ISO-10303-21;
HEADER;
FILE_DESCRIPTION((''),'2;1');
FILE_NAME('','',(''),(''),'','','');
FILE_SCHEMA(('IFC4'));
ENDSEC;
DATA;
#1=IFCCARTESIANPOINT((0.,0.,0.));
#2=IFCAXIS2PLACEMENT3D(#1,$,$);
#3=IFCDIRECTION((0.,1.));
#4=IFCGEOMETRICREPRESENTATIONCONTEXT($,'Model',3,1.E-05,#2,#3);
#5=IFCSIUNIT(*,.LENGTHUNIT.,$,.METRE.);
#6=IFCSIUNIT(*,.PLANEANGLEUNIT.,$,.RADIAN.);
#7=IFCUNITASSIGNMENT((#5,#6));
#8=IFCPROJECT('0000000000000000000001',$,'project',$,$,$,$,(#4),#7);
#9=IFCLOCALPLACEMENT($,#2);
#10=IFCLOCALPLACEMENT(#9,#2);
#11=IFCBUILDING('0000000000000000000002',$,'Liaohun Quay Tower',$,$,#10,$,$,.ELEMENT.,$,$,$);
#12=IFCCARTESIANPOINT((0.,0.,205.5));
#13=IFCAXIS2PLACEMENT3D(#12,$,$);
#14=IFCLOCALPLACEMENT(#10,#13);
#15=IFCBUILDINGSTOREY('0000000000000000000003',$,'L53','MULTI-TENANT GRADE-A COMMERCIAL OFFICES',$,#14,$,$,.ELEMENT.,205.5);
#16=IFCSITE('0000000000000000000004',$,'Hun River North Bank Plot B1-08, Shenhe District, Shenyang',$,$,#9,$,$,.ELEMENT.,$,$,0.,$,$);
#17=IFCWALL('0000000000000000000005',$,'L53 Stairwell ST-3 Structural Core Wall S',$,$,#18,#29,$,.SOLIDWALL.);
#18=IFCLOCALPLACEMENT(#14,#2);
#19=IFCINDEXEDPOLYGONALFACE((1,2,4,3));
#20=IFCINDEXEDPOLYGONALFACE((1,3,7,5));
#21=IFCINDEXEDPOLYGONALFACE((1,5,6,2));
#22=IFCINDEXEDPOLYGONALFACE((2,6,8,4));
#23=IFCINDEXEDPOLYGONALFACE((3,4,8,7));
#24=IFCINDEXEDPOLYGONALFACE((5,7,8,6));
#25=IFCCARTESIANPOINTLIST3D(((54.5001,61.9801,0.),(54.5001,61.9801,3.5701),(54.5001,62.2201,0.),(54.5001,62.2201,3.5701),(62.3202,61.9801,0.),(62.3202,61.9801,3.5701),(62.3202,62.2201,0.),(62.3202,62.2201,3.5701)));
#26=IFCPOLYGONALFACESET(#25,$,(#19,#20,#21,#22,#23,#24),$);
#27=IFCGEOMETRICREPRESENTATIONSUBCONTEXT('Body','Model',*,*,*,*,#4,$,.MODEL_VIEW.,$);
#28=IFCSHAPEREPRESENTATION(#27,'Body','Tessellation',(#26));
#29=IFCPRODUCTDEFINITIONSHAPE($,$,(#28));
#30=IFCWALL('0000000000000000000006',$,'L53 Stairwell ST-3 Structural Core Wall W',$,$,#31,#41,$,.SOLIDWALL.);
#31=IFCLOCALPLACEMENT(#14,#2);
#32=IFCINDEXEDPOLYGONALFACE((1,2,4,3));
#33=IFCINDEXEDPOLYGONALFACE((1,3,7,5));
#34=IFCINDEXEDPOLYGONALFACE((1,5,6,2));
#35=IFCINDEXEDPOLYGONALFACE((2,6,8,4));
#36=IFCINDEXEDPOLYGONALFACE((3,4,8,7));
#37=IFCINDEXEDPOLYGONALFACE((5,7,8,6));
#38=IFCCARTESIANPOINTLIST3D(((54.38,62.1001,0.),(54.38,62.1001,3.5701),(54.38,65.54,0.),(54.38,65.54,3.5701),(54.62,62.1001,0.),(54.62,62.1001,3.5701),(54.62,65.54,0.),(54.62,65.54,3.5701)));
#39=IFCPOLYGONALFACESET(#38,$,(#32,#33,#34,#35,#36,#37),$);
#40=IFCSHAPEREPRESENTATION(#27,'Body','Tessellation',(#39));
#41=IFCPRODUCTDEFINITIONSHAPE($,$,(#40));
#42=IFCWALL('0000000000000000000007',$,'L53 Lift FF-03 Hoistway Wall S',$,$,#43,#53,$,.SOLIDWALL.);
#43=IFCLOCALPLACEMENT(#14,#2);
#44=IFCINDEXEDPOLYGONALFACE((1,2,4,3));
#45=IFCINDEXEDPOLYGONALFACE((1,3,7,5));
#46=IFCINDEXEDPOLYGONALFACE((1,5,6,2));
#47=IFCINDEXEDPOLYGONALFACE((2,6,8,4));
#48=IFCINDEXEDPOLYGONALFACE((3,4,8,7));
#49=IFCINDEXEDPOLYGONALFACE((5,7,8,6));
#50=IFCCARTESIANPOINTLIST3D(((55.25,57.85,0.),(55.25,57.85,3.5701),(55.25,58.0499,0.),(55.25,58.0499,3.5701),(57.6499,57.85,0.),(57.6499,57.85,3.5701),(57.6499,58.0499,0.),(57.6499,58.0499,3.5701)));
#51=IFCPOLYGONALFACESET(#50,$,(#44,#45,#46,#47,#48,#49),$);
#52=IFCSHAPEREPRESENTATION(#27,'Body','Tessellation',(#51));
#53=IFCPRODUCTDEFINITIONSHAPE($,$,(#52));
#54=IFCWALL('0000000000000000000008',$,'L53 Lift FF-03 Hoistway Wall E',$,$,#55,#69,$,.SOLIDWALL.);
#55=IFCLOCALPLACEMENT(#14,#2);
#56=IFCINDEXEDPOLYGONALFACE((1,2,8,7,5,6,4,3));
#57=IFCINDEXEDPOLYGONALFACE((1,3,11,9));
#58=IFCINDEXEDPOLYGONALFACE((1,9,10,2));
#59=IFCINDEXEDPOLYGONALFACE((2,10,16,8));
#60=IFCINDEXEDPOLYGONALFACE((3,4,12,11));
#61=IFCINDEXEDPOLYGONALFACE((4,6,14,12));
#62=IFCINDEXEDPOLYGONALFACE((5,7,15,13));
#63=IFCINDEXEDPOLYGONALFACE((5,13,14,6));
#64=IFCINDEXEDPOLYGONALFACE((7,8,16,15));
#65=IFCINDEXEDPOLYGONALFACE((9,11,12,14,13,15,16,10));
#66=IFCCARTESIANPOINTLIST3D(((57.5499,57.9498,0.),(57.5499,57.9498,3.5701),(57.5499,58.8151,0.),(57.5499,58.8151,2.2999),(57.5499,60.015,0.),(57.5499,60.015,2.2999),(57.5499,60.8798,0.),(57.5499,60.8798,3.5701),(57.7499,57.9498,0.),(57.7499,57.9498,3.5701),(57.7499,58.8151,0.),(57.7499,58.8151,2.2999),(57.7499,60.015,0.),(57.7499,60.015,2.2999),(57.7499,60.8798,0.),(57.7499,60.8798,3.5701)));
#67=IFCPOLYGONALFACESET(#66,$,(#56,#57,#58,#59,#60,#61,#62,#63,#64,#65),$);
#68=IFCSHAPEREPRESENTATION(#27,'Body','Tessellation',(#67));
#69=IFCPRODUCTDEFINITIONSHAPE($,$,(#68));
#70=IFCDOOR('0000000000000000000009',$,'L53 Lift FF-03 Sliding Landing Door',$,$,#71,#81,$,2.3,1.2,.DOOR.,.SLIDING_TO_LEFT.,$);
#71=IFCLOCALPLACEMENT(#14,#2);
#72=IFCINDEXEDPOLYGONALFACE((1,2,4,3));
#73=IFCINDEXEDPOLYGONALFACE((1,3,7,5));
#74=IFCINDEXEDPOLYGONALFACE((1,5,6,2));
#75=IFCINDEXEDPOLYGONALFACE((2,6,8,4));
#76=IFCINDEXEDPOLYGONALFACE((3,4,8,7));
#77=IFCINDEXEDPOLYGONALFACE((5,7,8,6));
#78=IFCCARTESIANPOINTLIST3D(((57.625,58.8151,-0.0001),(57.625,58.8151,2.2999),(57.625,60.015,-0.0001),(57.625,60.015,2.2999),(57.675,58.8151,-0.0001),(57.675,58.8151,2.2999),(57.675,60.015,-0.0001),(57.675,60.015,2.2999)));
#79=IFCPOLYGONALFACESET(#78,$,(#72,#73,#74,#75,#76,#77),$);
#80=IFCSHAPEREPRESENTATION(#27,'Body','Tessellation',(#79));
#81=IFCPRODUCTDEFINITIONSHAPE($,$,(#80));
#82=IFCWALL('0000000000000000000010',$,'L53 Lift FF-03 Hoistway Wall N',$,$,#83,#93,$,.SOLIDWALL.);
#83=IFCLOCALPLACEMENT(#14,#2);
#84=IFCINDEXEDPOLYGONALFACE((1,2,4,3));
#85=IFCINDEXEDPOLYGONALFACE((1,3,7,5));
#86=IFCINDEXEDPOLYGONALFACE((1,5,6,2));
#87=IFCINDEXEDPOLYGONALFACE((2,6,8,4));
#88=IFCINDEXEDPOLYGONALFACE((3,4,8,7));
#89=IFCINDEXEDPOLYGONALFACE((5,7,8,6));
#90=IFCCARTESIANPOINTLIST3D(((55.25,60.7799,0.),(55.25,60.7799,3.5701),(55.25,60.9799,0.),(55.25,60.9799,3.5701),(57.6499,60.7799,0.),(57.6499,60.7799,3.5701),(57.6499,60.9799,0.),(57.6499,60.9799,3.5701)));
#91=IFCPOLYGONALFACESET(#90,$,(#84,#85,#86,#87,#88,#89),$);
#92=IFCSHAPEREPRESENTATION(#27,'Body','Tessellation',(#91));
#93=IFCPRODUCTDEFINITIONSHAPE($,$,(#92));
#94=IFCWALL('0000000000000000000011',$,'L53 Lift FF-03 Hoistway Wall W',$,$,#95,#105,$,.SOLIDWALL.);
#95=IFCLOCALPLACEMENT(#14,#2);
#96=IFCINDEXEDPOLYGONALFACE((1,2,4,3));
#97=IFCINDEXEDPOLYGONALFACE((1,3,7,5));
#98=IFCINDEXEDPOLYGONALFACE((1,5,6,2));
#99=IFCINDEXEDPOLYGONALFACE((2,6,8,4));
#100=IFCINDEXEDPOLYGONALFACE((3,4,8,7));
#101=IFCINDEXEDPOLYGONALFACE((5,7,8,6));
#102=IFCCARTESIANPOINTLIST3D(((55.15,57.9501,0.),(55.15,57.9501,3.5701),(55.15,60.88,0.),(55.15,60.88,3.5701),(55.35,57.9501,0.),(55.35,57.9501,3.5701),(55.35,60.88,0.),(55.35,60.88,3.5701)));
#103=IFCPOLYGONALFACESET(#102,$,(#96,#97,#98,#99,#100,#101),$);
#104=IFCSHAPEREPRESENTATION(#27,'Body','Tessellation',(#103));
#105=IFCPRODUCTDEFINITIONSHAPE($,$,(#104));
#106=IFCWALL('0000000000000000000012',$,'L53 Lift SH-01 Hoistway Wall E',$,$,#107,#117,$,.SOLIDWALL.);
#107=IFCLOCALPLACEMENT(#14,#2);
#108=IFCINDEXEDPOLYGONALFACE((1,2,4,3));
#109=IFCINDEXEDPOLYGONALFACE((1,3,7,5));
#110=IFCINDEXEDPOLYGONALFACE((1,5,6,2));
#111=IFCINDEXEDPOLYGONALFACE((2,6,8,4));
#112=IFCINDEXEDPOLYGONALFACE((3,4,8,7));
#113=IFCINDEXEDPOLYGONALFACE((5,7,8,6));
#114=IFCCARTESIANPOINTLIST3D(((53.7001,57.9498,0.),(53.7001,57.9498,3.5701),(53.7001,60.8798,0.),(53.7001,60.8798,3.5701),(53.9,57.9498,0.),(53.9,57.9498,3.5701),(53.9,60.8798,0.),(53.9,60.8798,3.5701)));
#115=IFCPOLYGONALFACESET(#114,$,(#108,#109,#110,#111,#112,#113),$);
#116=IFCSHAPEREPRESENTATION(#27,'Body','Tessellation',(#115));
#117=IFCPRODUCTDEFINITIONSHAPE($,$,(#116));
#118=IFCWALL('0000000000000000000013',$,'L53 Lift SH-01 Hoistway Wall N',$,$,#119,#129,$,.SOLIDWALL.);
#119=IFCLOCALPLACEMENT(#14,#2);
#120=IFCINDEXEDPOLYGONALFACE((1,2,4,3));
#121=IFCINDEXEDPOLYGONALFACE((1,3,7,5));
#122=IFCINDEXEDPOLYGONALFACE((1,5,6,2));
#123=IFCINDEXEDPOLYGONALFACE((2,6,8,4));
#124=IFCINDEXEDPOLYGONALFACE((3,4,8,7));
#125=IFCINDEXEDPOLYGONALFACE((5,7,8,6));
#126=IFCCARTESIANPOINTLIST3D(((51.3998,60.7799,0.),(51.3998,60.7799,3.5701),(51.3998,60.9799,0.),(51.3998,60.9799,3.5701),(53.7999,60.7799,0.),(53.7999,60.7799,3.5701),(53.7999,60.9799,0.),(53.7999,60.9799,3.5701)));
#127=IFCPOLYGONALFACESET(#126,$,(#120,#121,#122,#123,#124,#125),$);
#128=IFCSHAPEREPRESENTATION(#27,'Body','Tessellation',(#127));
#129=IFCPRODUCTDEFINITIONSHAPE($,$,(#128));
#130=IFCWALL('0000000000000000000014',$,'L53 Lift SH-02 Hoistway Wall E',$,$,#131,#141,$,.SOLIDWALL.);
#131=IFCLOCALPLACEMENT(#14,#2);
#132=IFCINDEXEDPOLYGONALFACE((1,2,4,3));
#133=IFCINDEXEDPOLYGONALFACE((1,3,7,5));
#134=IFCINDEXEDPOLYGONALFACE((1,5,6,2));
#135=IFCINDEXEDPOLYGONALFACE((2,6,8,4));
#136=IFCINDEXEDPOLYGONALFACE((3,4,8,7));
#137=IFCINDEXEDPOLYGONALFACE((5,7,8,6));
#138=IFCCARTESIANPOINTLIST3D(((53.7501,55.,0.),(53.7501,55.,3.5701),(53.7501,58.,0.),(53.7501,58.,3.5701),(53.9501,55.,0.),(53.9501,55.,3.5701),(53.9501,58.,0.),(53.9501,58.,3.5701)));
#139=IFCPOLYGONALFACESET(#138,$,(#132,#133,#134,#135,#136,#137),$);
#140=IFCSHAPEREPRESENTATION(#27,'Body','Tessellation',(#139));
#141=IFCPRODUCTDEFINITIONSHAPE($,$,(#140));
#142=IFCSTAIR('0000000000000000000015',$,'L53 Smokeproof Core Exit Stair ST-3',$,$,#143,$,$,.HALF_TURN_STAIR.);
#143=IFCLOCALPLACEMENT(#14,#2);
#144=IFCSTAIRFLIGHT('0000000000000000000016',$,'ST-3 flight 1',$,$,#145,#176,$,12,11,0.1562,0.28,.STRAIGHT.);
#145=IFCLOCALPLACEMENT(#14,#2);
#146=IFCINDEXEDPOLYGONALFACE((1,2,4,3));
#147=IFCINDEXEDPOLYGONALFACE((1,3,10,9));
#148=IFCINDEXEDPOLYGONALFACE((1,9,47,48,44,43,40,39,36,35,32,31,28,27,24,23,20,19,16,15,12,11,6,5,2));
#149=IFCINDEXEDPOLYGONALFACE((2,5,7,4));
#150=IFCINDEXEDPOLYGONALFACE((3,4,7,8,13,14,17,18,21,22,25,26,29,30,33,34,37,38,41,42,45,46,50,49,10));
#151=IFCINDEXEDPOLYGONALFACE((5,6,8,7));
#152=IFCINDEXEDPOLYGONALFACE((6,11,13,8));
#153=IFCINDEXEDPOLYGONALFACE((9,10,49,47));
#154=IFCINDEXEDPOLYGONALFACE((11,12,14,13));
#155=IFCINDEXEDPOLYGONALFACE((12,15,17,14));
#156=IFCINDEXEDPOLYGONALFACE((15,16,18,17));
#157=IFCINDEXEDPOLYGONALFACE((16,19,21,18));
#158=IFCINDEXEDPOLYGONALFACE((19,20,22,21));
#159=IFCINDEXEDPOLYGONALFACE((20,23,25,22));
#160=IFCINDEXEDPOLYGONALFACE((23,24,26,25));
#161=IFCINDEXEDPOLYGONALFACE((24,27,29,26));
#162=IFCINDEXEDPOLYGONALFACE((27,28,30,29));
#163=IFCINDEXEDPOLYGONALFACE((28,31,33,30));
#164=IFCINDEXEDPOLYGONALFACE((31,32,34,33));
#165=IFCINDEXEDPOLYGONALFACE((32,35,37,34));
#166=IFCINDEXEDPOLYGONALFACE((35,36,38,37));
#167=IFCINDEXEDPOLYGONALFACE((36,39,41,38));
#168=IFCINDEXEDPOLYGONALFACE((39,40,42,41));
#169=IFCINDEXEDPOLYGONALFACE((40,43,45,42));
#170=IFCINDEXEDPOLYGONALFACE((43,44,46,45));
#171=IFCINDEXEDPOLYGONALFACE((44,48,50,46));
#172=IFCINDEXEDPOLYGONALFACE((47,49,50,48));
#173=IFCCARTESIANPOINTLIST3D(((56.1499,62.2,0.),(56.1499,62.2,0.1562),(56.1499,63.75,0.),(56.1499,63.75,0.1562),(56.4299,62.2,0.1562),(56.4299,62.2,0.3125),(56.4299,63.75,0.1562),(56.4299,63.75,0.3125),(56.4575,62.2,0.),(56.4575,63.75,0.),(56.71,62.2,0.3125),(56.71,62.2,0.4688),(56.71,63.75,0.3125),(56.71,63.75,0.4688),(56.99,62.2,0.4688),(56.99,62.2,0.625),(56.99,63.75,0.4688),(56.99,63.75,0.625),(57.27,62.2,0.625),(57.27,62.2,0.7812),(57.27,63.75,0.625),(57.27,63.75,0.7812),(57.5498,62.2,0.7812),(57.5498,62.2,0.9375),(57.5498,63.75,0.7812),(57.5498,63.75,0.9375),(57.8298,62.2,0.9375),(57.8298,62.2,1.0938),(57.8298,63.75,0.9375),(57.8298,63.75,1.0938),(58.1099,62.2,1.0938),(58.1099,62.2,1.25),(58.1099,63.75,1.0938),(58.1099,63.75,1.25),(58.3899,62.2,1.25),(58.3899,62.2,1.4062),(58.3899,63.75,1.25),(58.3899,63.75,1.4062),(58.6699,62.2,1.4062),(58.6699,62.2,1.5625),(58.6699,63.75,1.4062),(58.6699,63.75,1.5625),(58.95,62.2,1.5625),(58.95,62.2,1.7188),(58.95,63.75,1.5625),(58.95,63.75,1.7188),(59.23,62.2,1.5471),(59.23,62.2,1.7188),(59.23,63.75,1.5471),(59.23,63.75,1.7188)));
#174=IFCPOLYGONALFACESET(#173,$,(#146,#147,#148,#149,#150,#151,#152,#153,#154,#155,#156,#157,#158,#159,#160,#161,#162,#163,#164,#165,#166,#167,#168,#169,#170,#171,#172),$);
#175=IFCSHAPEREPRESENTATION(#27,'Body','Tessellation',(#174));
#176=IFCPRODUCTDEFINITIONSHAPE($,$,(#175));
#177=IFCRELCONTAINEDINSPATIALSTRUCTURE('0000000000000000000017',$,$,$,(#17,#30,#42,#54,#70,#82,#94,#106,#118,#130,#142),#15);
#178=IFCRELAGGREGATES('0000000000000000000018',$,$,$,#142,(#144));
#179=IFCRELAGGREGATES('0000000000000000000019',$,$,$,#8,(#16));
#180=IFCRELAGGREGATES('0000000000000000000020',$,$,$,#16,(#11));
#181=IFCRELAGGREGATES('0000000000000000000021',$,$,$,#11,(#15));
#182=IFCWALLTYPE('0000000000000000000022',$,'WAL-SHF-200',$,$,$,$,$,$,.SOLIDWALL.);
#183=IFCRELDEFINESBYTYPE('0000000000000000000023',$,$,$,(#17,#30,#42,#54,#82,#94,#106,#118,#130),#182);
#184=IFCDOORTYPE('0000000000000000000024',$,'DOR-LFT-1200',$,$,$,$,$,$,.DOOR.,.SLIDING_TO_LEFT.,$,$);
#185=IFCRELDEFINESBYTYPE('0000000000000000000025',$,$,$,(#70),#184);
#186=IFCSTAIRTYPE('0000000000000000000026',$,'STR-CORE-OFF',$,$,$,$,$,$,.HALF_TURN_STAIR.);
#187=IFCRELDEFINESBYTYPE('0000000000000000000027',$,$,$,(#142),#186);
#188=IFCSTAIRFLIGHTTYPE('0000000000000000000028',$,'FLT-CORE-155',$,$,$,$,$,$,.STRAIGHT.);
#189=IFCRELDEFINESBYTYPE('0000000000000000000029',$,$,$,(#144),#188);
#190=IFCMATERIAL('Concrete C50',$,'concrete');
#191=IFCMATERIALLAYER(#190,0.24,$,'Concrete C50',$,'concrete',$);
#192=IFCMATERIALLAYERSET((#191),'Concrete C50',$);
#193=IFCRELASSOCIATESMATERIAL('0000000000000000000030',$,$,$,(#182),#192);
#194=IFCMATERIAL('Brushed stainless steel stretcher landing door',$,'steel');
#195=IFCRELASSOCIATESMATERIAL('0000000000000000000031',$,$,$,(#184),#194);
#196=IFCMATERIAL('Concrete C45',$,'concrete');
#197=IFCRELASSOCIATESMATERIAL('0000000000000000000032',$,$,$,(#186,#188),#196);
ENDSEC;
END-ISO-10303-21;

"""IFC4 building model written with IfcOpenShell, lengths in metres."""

from ifc_helpers import new_model, si_unit, direction, frame, frame_2d, origin, place, context, subcontext, project, spatial, polyline, rectangle, outline, extrude, source, transform, mapped, material, layer, layer_set, type_object, element, fill, aggregate, save


model = new_model("IFC4")

# Units and contexts
model_context = context("Model", 3, precision=1e-05, world=origin(), true_north=direction((0.0, 1.0)))
body_context = subcontext(model_context, "Body", "Model", "MODEL_VIEW")
ifc_project = project(units=[si_unit("LENGTHUNIT", "METRE"), si_unit("PLANEANGLEUNIT", "RADIAN")], contexts=[model_context])

# Site, building, storey
site_placement = place(None, origin())
site = spatial("IfcSite", under=ifc_project, at=site_placement, Name="Hun River North Bank Plot B1-08, Shenhe District, Shenyang", CompositionType="ELEMENT", RefElevation=0.0)
building_placement = place(site_placement, origin())
building = spatial("IfcBuilding", under=site, at=building_placement, Name="Liaohun Quay Tower", CompositionType="ELEMENT")
storey_placement = place(building_placement, frame((0.0, 0.0, 205.5)))
storey = spatial("IfcBuildingStorey", under=building, at=storey_placement, Name="L53", Description="MULTI-TENANT GRADE-A COMMERCIAL OFFICES", CompositionType="ELEMENT", Elevation=205.5)

# Walls
ifc_material_1 = material(Name="Concrete C50", Category="concrete")
ifc_layer_1 = layer(ifc_material_1, 0.24, Name="Concrete C50", Category="concrete")
ifc_layer_set_1 = layer_set([ifc_layer_1], Name="Concrete C50")
wall_type_1 = type_object("IfcWallType", Name="WAL-SHF-200", PredefinedType="SOLIDWALL", material=ifc_layer_set_1)
wall_1_placement = place(storey_placement, frame((54.5, 62.1001, 0.0), z_axis=(0.0, 0.0, 1.0), x_axis=(1.0, 0.0, 0.0)))
element("IfcWall", 1, at=wall_1_placement, inside=storey, type_object=wall_type_1, Name="L53 Stairwell ST-3 Structural Core Wall S", PredefinedType="SOLIDWALL", context=body_context, shape_type="SweptSolid", body=[
    extrude(rectangle(XDim=7.8201, YDim=0.24, at=frame_2d((3.9102, 0.0))), origin(), (0.0, 0.0, 1.0), 3.5701),
])
wall_2_placement = place(storey_placement, frame((54.5, 65.54, 0.0), z_axis=(0.0, 0.0, 1.0), x_axis=(0.0, -1.0, 0.0)))
element("IfcWall", 2, at=wall_2_placement, inside=storey, type_object=wall_type_1, Name="L53 Stairwell ST-3 Structural Core Wall W", PredefinedType="SOLIDWALL", context=body_context, shape_type="SweptSolid", body=[
    extrude(rectangle(XDim=3.4399, YDim=0.24, at=frame_2d((1.72, 0.0))), origin(), (0.0, 0.0, 1.0), 3.5701),
])
wall_3_placement = place(storey_placement, frame((55.25, 57.95, 0.0), z_axis=(0.0, 0.0, 1.0), x_axis=(1.0, 0.0, 0.0)))
element("IfcWall", 3, at=wall_3_placement, inside=storey, type_object=wall_type_1, Name="L53 Lift FF-03 Hoistway Wall S", PredefinedType="SOLIDWALL", context=body_context, shape_type="SweptSolid", body=[
    extrude(rectangle(XDim=2.3999, YDim=0.2, at=frame_2d((1.2, 0.0))), origin(), (0.0, 0.0, 1.0), 3.5701),
])

# Wall, opening, door
wall_4_placement = place(storey_placement, frame((57.6499, 57.95, 0.0), z_axis=(0.0, 0.0, 1.0), x_axis=(0.0, 1.0, 0.0)))
wall_4 = element("IfcWall", 4, at=wall_4_placement, inside=storey, type_object=wall_type_1, Name="L53 Lift FF-03 Hoistway Wall E", PredefinedType="SOLIDWALL", context=body_context, shape_type="SweptSolid", body=[
    extrude(rectangle(XDim=2.9299, YDim=0.2, at=frame_2d((1.4648, 0.0))), origin(), (0.0, 0.0, 1.0), 3.5701),
])
shared_shape_1 = source(origin(), body_context, "Body", "SweptSolid", [
    extrude(rectangle(XDim=1.2, YDim=2.3, at=frame_2d((0.6001, 1.1499))), frame((0.0, 0.1099, 0.0), z_axis=(0.0, -1.0, 0.0), x_axis=(1.0, 0.0, 0.0)), (0.0, 0.0, 1.0), 0.22),
])
opening_1_placement = place(wall_4_placement, frame((0.865, 0.0, 0.0)))
opening_1 = element("IfcOpeningElement", 5, at=opening_1_placement, cuts=wall_4, PredefinedType="OPENING", context=body_context, shape_type="MappedRepresentation", body=[
    mapped(shared_shape_1, transform((0.0, 0.0, 0.0), x_axis=(1.0, 0.0, 0.0), y_axis=(0.0, 1.0, 0.0), z_axis=(0.0, 0.0, 1.0), scale=1.0)),
])
ifc_material_2 = material(Name="Brushed stainless steel stretcher landing door", Category="steel")
door_type_1 = type_object("IfcDoorType", Name="DOR-LFT-1200", OperationType="SLIDING_TO_LEFT", PredefinedType="DOOR", material=ifc_material_2)
shared_shape_2 = source(origin(), body_context, "Body", "SweptSolid", [
    extrude(rectangle(XDim=1.2, YDim=2.3, at=frame_2d((0.6001, 1.1499))), frame((0.0, 0.0249, 0.0), z_axis=(0.0, -1.0, 0.0), x_axis=(1.0, 0.0, 0.0)), (0.0, 0.0, 1.0), 0.05),
])
door_1_placement = place(opening_1_placement, origin())
door_1 = element("IfcDoor", 6, at=door_1_placement, inside=storey, type_object=door_type_1, Name="L53 Lift FF-03 Sliding Landing Door", OperationType="SLIDING_TO_LEFT", OverallHeight=2.3, OverallWidth=1.2, PredefinedType="DOOR", context=body_context, shape_type="MappedRepresentation", body=[
    mapped(shared_shape_2, transform((0.0, 0.0, 0.0), x_axis=(1.0, 0.0, 0.0), y_axis=(0.0, 1.0, 0.0), z_axis=(0.0, 0.0, 1.0), scale=1.0)),
])
fill(opening_1, door_1)

# Walls
wall_5_placement = place(storey_placement, frame((57.6499, 60.8799, 0.0), z_axis=(0.0, 0.0, 1.0), x_axis=(-1.0, 0.0, 0.0)))
element("IfcWall", 7, at=wall_5_placement, inside=storey, type_object=wall_type_1, Name="L53 Lift FF-03 Hoistway Wall N", PredefinedType="SOLIDWALL", context=body_context, shape_type="SweptSolid", body=[
    extrude(rectangle(XDim=2.3999, YDim=0.2, at=frame_2d((1.2, 0.0))), origin(), (0.0, 0.0, 1.0), 3.5701),
])
for number, where, z_axis, x_axis, name in (
    (8, (55.25, 60.8799, 0.0), (0.0, 0.0, 1.0), (0.0, -1.0, 0.0), "L53 Lift FF-03 Hoistway Wall W"),
    (9, (53.8, 57.95, 0.0), (0.0, 0.0, 1.0), (0.0, 1.0, 0.0), "L53 Lift SH-01 Hoistway Wall E"),
):
    element("IfcWall", number, at=place(storey_placement, frame(where, z_axis=z_axis, x_axis=x_axis)), inside=storey, type_object=wall_type_1, Name=name, PredefinedType="SOLIDWALL", context=body_context, shape_type="SweptSolid", body=[
        extrude(rectangle(XDim=2.9299, YDim=0.2, at=frame_2d((1.4648, 0.0))), origin(), (0.0, 0.0, 1.0), 3.5701),
    ])
wall_6_placement = place(storey_placement, frame((53.8, 60.8799, 0.0), z_axis=(0.0, 0.0, 1.0), x_axis=(-1.0, 0.0, 0.0)))
element("IfcWall", 10, at=wall_6_placement, inside=storey, type_object=wall_type_1, Name="L53 Lift SH-01 Hoistway Wall N", PredefinedType="SOLIDWALL", context=body_context, shape_type="SweptSolid", body=[
    extrude(rectangle(XDim=2.4001, YDim=0.2, at=frame_2d((1.2002, 0.0))), origin(), (0.0, 0.0, 1.0), 3.5701),
])
wall_7_placement = place(storey_placement, frame((53.8501, 55.0, 0.0), z_axis=(0.0, 0.0, 1.0), x_axis=(0.0, 1.0, 0.0)))
element("IfcWall", 11, at=wall_7_placement, inside=storey, type_object=wall_type_1, Name="L53 Lift SH-02 Hoistway Wall E", PredefinedType="SOLIDWALL", context=body_context, shape_type="SweptSolid", body=[
    extrude(rectangle(XDim=3.0, YDim=0.2, at=frame_2d((1.5, 0.0))), origin(), (0.0, 0.0, 1.0), 3.5701),
])

# Stair, stair flight
ifc_material_3 = material(Name="Concrete C45", Category="concrete")
stair_type = type_object("IfcStairType", Name="STR-CORE-OFF", PredefinedType="HALF_TURN_STAIR", material=ifc_material_3)
stair_placement = place(storey_placement, origin())
stair = element("IfcStair", 12, at=stair_placement, inside=storey, type_object=stair_type, Name="L53 Smokeproof Core Exit Stair ST-3", PredefinedType="HALF_TURN_STAIR")
stair_flight_type = type_object("IfcStairFlightType", Name="FLT-CORE-155", PredefinedType="STRAIGHT", material=ifc_material_3)
stair_flight_1_placement = place(storey_placement, frame((56.1499, 62.9751, 0.0), z_axis=(0.0, 0.0, 1.0), x_axis=(1.0, 0.0, 0.0)))
stair_flight_1 = element("IfcStairFlight", 13, at=stair_flight_1_placement, type_object=stair_flight_type, Name="ST-3 flight 1", NumberOfRisers=12, NumberOfTreads=11, PredefinedType="STRAIGHT", RiserHeight=0.1562, TreadLength=0.28, context=body_context, shape_type="SweptSolid", body=[
    extrude(outline(polyline([(0.0, 0.0), (0.0, 0.1562), (0.28, 0.1562), (0.28, 0.3125), (0.5601, 0.3125), (0.5601, 0.4688), (0.8401, 0.4688), (0.8401, 0.625), (1.1201, 0.625), (1.1201, 0.7812), (1.3999, 0.7812), (1.3999, 0.9375), (1.6799, 0.9375), (1.6799, 1.0938), (1.96, 1.0938), (1.96, 1.25), (2.24, 1.25), (2.24, 1.4062), (2.52, 1.4062), (2.52, 1.5625), (2.8, 1.5625), (2.8, 1.7188), (3.0801, 1.7188), (3.0801, 1.875), (3.0801, 1.5471), (0.3076, 0.0), (0.0, 0.0)])), frame((0.0, 0.7749, 0.0), z_axis=(0.0, -1.0, 0.0), x_axis=(1.0, 0.0, 0.0)), (0.0, 0.0, 1.0), 1.55),
])
aggregate(stair, [stair_flight_1])

save(model, "model.ifc")
